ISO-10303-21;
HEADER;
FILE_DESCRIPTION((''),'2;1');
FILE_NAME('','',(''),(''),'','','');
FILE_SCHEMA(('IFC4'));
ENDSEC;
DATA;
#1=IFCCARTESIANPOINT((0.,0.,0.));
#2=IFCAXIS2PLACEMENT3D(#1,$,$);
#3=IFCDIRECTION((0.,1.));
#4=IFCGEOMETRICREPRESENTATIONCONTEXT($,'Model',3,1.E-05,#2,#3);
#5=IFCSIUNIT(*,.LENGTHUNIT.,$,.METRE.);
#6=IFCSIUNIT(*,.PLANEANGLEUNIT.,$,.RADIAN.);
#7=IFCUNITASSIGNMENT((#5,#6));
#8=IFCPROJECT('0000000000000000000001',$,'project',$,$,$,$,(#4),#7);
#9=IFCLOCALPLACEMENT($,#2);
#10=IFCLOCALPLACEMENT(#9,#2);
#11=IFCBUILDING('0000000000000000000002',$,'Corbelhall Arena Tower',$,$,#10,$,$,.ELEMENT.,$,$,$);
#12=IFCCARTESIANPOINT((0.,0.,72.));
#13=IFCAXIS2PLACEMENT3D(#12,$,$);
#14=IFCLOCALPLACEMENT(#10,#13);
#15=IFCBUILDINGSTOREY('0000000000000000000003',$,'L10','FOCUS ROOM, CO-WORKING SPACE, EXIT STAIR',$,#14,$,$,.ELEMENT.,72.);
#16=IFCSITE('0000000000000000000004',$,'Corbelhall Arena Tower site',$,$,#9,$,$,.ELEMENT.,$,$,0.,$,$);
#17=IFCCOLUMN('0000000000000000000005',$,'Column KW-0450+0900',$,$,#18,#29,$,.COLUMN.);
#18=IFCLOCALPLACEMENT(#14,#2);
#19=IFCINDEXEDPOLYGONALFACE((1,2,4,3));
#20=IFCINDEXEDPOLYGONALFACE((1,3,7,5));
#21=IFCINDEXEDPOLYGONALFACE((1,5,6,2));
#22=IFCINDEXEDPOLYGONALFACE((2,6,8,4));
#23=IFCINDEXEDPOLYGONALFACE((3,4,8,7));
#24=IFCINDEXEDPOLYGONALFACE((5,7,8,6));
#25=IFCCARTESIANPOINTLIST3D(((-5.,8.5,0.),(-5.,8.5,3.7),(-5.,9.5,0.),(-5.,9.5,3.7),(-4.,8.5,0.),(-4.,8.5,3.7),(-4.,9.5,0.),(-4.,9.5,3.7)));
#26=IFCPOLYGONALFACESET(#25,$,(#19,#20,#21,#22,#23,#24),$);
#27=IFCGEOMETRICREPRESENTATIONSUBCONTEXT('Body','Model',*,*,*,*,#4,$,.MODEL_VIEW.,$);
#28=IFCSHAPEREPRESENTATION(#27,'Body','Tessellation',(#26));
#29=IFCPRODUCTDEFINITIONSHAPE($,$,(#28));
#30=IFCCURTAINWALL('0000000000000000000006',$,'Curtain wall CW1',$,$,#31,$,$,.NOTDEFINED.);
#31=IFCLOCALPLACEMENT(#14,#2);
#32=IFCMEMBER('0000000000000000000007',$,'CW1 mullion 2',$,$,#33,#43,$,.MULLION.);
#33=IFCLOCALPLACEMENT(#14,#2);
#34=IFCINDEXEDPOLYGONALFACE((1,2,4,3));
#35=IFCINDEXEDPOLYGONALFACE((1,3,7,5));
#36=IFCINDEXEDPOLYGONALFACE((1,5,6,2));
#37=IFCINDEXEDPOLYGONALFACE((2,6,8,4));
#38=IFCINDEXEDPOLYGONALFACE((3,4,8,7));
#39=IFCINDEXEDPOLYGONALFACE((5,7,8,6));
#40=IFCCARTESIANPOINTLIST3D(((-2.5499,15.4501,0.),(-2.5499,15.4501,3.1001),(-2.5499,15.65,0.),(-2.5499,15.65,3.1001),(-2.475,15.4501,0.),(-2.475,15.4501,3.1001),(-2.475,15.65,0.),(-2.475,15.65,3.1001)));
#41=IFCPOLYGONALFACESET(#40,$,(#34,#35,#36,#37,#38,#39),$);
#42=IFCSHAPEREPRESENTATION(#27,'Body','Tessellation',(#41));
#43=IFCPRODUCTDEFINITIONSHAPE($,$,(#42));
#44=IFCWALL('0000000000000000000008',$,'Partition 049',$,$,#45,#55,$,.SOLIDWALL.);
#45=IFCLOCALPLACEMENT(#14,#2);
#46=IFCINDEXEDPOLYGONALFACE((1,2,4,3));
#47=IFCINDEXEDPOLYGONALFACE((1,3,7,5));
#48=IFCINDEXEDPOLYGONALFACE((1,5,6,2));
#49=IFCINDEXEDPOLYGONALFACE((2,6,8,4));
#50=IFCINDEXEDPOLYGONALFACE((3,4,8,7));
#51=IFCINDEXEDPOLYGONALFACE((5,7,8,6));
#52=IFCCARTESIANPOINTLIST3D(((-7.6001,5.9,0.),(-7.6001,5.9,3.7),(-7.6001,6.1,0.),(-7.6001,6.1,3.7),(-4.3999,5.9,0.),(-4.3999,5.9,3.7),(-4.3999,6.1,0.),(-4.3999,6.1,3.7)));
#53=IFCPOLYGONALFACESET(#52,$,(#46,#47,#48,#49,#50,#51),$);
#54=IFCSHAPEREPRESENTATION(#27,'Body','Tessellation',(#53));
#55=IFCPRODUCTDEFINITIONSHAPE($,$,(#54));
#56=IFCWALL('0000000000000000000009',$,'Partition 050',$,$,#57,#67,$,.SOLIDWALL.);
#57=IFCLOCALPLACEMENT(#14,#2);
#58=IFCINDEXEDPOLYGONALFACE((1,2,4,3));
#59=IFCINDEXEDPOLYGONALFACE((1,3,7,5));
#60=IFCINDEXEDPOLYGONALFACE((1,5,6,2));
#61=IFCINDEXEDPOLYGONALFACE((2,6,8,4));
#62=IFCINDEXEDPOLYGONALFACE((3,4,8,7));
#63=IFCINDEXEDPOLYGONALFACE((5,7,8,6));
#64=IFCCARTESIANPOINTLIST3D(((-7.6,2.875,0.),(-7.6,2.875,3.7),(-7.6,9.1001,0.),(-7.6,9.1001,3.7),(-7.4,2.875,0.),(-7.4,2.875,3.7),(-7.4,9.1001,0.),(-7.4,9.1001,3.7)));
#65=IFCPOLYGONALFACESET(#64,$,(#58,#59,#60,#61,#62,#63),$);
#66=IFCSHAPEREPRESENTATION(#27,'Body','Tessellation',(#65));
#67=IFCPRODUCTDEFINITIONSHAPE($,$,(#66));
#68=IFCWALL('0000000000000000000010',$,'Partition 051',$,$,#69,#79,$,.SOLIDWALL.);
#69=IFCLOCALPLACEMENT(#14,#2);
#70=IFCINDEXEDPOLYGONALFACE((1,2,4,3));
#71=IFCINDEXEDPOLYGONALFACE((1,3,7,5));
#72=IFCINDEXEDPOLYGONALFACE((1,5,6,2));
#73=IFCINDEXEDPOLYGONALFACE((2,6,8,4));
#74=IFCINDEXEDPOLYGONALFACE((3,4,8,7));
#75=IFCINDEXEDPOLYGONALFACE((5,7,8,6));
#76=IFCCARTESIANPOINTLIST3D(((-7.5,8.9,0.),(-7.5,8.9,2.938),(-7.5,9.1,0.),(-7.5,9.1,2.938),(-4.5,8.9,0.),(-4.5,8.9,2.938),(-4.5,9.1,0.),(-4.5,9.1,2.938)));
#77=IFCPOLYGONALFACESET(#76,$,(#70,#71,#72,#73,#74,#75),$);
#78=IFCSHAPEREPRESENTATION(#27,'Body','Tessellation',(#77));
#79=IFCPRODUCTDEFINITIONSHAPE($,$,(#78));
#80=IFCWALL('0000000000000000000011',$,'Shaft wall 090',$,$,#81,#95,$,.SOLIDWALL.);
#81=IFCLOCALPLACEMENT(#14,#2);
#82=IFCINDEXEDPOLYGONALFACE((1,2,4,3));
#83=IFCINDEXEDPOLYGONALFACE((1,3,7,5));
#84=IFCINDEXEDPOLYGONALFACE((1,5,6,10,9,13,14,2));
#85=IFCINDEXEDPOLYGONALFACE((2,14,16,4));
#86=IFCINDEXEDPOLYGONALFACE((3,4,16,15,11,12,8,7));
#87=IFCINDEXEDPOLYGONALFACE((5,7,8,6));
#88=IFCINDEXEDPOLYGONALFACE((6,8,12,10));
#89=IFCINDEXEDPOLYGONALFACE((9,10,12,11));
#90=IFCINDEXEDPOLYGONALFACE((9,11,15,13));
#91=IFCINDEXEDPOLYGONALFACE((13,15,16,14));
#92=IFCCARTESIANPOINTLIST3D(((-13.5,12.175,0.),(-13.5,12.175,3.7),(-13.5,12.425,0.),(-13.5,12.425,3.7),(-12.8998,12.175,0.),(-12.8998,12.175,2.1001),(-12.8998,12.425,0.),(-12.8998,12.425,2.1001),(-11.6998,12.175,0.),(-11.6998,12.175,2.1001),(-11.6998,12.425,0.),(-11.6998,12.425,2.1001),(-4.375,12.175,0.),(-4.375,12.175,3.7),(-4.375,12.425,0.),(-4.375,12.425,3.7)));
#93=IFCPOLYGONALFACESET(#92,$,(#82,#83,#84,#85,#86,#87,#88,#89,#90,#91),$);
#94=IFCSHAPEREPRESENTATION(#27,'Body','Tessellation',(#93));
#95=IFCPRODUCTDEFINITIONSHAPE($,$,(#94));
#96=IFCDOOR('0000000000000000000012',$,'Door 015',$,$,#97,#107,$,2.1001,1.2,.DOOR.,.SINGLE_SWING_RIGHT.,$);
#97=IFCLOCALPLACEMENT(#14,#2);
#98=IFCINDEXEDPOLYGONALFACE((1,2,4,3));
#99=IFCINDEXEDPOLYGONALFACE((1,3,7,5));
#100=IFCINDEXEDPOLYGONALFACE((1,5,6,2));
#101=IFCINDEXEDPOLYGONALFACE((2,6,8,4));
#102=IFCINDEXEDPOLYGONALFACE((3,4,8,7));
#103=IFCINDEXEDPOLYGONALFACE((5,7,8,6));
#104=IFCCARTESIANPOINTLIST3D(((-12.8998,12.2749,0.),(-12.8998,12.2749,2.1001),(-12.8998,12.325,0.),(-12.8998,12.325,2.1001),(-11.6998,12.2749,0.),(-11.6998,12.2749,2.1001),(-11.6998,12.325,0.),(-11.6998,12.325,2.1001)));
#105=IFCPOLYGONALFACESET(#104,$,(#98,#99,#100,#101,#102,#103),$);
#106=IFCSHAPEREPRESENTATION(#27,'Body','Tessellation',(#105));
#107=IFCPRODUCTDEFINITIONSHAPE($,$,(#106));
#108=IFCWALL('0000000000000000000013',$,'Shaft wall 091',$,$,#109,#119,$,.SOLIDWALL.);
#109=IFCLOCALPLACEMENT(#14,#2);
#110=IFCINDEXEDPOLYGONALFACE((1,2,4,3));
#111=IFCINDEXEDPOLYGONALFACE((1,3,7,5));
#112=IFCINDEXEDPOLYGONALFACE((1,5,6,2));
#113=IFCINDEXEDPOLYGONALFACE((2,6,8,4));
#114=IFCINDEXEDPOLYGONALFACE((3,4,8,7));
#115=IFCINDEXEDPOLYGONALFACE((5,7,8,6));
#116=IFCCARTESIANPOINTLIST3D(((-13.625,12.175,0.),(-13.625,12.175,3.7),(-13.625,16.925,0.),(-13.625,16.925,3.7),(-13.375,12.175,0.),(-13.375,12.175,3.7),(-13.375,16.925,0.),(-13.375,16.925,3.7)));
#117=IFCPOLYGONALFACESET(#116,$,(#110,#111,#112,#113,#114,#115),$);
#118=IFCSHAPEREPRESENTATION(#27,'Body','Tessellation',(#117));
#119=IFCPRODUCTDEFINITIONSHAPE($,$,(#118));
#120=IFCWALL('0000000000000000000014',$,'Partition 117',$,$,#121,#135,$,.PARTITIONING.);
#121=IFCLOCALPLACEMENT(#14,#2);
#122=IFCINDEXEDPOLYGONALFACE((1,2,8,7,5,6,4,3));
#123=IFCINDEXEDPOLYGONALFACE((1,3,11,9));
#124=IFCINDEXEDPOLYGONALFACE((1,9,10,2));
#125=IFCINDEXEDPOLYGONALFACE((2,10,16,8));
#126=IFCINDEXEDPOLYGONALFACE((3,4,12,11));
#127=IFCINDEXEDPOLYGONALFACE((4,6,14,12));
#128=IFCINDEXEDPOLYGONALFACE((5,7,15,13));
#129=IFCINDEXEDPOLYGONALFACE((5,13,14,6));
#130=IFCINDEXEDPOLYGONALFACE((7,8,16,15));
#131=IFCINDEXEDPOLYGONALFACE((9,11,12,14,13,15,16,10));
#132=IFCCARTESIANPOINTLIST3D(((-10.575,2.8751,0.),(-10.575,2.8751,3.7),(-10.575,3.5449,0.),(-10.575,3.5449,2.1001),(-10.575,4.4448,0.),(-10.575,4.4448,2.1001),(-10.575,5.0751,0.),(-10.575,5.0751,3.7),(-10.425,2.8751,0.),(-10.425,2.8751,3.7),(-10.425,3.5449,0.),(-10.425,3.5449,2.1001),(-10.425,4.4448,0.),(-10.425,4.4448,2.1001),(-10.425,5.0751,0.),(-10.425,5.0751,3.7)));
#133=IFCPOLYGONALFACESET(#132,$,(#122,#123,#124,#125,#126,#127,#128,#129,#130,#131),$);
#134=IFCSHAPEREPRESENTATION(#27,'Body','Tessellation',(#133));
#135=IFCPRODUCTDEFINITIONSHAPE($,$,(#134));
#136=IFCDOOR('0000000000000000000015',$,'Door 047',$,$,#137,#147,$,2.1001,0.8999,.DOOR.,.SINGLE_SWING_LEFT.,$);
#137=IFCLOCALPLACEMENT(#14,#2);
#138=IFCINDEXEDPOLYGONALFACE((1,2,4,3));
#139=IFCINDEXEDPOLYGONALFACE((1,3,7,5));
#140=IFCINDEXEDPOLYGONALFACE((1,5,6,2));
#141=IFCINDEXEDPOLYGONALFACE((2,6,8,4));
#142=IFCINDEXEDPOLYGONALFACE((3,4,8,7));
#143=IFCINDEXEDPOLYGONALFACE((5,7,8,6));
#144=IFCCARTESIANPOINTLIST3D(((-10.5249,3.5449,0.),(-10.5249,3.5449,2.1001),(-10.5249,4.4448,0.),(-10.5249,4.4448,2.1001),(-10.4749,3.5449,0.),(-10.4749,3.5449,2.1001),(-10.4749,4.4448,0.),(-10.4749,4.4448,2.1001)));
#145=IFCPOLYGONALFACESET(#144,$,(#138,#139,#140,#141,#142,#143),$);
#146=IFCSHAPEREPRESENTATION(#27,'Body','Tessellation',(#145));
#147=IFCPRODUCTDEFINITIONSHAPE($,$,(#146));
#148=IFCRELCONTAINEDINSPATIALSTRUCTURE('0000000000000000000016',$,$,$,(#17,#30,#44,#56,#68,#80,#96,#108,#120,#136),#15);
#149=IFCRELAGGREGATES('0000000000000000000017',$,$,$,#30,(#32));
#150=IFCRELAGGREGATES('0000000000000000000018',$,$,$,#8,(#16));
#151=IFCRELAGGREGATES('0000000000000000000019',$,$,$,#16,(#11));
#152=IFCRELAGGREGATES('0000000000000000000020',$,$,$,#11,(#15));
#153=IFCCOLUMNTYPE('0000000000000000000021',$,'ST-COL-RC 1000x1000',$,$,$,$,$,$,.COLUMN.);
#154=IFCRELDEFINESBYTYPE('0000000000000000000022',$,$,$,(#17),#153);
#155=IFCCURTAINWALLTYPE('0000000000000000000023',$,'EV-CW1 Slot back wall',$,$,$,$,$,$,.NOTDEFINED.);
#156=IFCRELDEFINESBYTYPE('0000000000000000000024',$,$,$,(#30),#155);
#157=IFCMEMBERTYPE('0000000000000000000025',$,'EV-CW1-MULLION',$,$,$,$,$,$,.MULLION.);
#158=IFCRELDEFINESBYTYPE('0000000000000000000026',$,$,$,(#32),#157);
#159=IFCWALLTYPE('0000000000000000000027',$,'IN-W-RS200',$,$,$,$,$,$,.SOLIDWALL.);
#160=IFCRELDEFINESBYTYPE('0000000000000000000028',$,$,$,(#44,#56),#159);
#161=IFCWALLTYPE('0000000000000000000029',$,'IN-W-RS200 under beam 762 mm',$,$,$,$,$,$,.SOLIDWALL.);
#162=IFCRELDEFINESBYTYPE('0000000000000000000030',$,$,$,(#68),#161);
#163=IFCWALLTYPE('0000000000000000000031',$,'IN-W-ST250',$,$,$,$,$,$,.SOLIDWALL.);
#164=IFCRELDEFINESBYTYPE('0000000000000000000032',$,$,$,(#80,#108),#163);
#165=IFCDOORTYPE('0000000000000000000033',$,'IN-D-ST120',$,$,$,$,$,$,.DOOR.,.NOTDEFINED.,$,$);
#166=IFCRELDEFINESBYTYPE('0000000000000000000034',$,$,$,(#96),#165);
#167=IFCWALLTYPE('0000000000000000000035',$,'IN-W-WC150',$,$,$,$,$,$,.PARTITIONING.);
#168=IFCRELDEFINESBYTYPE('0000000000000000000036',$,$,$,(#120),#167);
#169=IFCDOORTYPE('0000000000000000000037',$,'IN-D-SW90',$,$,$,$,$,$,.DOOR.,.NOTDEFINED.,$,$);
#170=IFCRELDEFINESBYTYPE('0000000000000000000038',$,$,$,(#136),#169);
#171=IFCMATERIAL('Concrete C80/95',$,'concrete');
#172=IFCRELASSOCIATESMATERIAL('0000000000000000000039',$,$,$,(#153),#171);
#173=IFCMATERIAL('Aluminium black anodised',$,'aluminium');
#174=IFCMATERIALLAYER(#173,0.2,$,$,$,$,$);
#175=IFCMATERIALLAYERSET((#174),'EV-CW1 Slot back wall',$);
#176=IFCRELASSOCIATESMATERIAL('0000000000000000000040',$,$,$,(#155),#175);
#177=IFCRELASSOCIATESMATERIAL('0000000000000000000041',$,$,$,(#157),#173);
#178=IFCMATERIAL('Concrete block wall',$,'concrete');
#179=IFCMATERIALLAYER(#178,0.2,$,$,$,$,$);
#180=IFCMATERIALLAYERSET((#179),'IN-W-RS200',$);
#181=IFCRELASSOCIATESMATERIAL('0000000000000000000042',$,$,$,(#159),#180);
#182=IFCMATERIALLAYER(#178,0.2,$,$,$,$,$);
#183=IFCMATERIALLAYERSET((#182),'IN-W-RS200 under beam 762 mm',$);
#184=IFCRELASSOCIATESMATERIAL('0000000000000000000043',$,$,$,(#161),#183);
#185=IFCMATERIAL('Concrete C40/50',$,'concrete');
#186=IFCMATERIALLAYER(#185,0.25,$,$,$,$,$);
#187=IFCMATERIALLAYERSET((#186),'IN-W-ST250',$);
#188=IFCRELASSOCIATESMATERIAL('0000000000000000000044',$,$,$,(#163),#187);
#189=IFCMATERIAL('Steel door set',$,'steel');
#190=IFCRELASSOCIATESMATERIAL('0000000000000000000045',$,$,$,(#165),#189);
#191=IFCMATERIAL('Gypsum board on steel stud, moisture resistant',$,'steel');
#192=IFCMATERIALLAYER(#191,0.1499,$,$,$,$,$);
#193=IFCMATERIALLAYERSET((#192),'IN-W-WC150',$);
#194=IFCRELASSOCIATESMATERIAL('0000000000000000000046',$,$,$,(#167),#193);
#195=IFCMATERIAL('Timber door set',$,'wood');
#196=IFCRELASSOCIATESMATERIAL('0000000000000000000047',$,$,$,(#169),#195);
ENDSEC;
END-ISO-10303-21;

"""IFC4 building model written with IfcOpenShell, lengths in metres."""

from ifc_helpers import new_model, si_unit, direction, frame, frame_2d, origin, origin_2d, place, context, subcontext, project, spatial, rectangle, extrude, material, layer, layer_set, material_profile, profile_set, type_object, element, fill, aggregate, save


model = new_model("IFC4")

# Units and contexts
model_context = context("Model", 3, precision=1e-05, world=origin(), true_north=direction((0.0, 1.0)))
body_context = subcontext(model_context, "Body", "Model", "MODEL_VIEW")
ifc_project = project(units=[si_unit("LENGTHUNIT", "METRE"), si_unit("PLANEANGLEUNIT", "RADIAN")], contexts=[model_context])

# Site, building, storey
site_placement = place(None, origin())
site = spatial("IfcSite", under=ifc_project, at=site_placement, Name="Corbelhall Arena Tower site", CompositionType="ELEMENT", RefElevation=0.0)
building_placement = place(site_placement, origin())
building = spatial("IfcBuilding", under=site, at=building_placement, Name="Corbelhall Arena Tower", CompositionType="ELEMENT")
storey_placement = place(building_placement, frame((0.0, 0.0, 72.0)))
storey = spatial("IfcBuildingStorey", under=building, at=storey_placement, Name="L10", Description="FOCUS ROOM, CO-WORKING SPACE, EXIT STAIR", CompositionType="ELEMENT", Elevation=72.0)

# Column
ifc_material_1 = material(Name="Concrete C80/95", Category="concrete")
ifc_material_profile_1 = material_profile(ifc_material_1, rectangle(XDim=1.0, YDim=1.0, at=origin_2d()))
ifc_profile_set_1 = profile_set([ifc_material_profile_1], Name="Concrete C80/95")
column_type = type_object("IfcColumnType", Name="ST-COL-RC 1000x1000", PredefinedType="COLUMN", material=ifc_profile_set_1)
column_placement = place(storey_placement, frame((-4.5, 9.0, 0.0), z_axis=(0.0, 0.0, 1.0), x_axis=(1.0, 0.0, 0.0)))
element("IfcColumn", 1, at=column_placement, inside=storey, type_object=column_type, Name="Column KW-0450+0900", PredefinedType="COLUMN", context=body_context, shape_type="SweptSolid", body=[
    extrude(rectangle(XDim=1.0, YDim=1.0, at=origin_2d()), origin(), (0.0, 0.0, 1.0), 3.7),
])

# Curtain wall, member
ifc_material_2 = material(Name="Aluminium black anodised", Category="aluminium")
ifc_layer_1 = layer(ifc_material_2, 0.2)
ifc_layer_set_1 = layer_set([ifc_layer_1], Name="EV-CW1 Slot back wall")
curtain_wall_type = type_object("IfcCurtainWallType", Name="EV-CW1 Slot back wall", PredefinedType="NOTDEFINED", material=ifc_layer_set_1)
curtain_wall_placement = place(storey_placement, origin())
curtain_wall = element("IfcCurtainWall", 2, at=curtain_wall_placement, inside=storey, type_object=curtain_wall_type, Name="Curtain wall CW1", PredefinedType="NOTDEFINED")
ifc_material_profile_2 = material_profile(ifc_material_2, rectangle(XDim=0.2, YDim=0.075, at=origin_2d()))
ifc_profile_set_2 = profile_set([ifc_material_profile_2], Name="Aluminium black anodised")
member_type = type_object("IfcMemberType", Name="EV-CW1-MULLION", PredefinedType="MULLION", material=ifc_profile_set_2)
member_placement = place(storey_placement, frame((-2.5125, 15.55, 0.0), z_axis=(0.0, 0.0, 1.0), x_axis=(0.0, -1.0, 0.0)))
member = element("IfcMember", 3, at=member_placement, type_object=member_type, Name="CW1 mullion 2", PredefinedType="MULLION", context=body_context, shape_type="SweptSolid", body=[
    extrude(rectangle(XDim=0.2, YDim=0.075, at=origin_2d()), origin(), (0.0, 0.0, 1.0), 3.1001),
])
aggregate(curtain_wall, [member])

# Shared definitions
ifc_material_3 = material(Name="Concrete block wall", Category="concrete")
ifc_layer_2 = layer(ifc_material_3, 0.2)
ifc_layer_set_2 = layer_set([ifc_layer_2], Name="IN-W-RS200")
wall_type_1 = type_object("IfcWallType", Name="IN-W-RS200", PredefinedType="SOLIDWALL", material=ifc_layer_set_2)
ifc_material_4 = material(Name="Steel door set", Category="steel")

# Walls
wall_1_placement = place(storey_placement, frame((-7.6001, 6.0, 0.0), z_axis=(0.0, 0.0, 1.0), x_axis=(1.0, 0.0, 0.0)))
element("IfcWall", 4, at=wall_1_placement, inside=storey, type_object=wall_type_1, Name="Partition 049", PredefinedType="SOLIDWALL", context=body_context, shape_type="SweptSolid", body=[
    extrude(rectangle(XDim=3.2002, YDim=0.2, at=frame_2d((1.6001, 0.0))), origin(), (0.0, 0.0, 1.0), 3.7),
])
wall_2_placement = place(storey_placement, frame((-7.5, 2.875, 0.0), z_axis=(0.0, 0.0, 1.0), x_axis=(0.0, 1.0, 0.0)))
element("IfcWall", 5, at=wall_2_placement, inside=storey, type_object=wall_type_1, Name="Partition 050", PredefinedType="SOLIDWALL", context=body_context, shape_type="SweptSolid", body=[
    extrude(rectangle(XDim=6.2251, YDim=0.2, at=frame_2d((3.1125, 0.0))), origin(), (0.0, 0.0, 1.0), 3.7),
])
ifc_layer_3 = layer(ifc_material_3, 0.2)
ifc_layer_set_3 = layer_set([ifc_layer_3], Name="IN-W-RS200 under beam 762 mm")
wall_type_2 = type_object("IfcWallType", Name="IN-W-RS200 under beam 762 mm", PredefinedType="SOLIDWALL", material=ifc_layer_set_3)
wall_3_placement = place(storey_placement, frame((-7.5, 9.0, 0.0), z_axis=(0.0, 0.0, 1.0), x_axis=(1.0, 0.0, 0.0)))
element("IfcWall", 6, at=wall_3_placement, inside=storey, type_object=wall_type_2, Name="Partition 051", PredefinedType="SOLIDWALL", context=body_context, shape_type="SweptSolid", body=[
    extrude(rectangle(XDim=3.0, YDim=0.2, at=frame_2d((1.5, 0.0))), origin(), (0.0, 0.0, 1.0), 2.938),
])

# Wall, opening, door
ifc_material_5 = material(Name="Concrete C40/50", Category="concrete")
ifc_layer_4 = layer(ifc_material_5, 0.25)
ifc_layer_set_4 = layer_set([ifc_layer_4], Name="IN-W-ST250")
wall_type_3 = type_object("IfcWallType", Name="IN-W-ST250", PredefinedType="SOLIDWALL", material=ifc_layer_set_4)
wall_4_placement = place(storey_placement, frame((-13.5, 12.3, 0.0), z_axis=(0.0, 0.0, 1.0), x_axis=(1.0, 0.0, 0.0)))
wall_4 = element("IfcWall", 7, at=wall_4_placement, inside=storey, type_object=wall_type_3, Name="Shaft wall 090", PredefinedType="SOLIDWALL", context=body_context, shape_type="SweptSolid", body=[
    extrude(rectangle(XDim=9.125, YDim=0.25, at=frame_2d((4.5625, 0.0))), origin(), (0.0, 0.0, 1.0), 3.7),
])
opening_1_placement = place(wall_4_placement, frame((0.6001, 0.0, 0.0)))
opening_1 = element("IfcOpeningElement", 8, at=opening_1_placement, cuts=wall_4, PredefinedType="OPENING", context=body_context, shape_type="SweptSolid", body=[
    extrude(rectangle(XDim=1.2, YDim=2.1001, at=frame_2d((0.6001, 1.05))), frame((0.0, 0.125, 0.0), z_axis=(0.0, -1.0, 0.0), x_axis=(1.0, 0.0, 0.0)), (0.0, 0.0, 1.0), 0.25),
])
door_type_1 = type_object("IfcDoorType", Name="IN-D-ST120", OperationType="NOTDEFINED", PredefinedType="DOOR", material=ifc_material_4)
door_1_placement = place(opening_1_placement, origin())
door_1 = element("IfcDoor", 9, at=door_1_placement, inside=storey, type_object=door_type_1, Name="Door 015", OperationType="SINGLE_SWING_RIGHT", OverallHeight=2.1001, OverallWidth=1.2, PredefinedType="DOOR", context=body_context, shape_type="SweptSolid", body=[
    extrude(rectangle(XDim=1.2, YDim=2.1001, at=frame_2d((0.6001, 1.05))), frame((0.0, 0.0249, 0.0), z_axis=(0.0, -1.0, 0.0), x_axis=(1.0, 0.0, 0.0)), (0.0, 0.0, 1.0), 0.05),
])
fill(opening_1, door_1)

# Wall
wall_5_placement = place(storey_placement, frame((-13.5, 12.175, 0.0), z_axis=(0.0, 0.0, 1.0), x_axis=(0.0, 1.0, 0.0)))
element("IfcWall", 10, at=wall_5_placement, inside=storey, type_object=wall_type_3, Name="Shaft wall 091", PredefinedType="SOLIDWALL", context=body_context, shape_type="SweptSolid", body=[
    extrude(rectangle(XDim=4.75, YDim=0.25, at=frame_2d((2.375, 0.0))), origin(), (0.0, 0.0, 1.0), 3.7),
])

# Wall, opening, door
ifc_material_6 = material(Name="Gypsum board on steel stud, moisture resistant", Category="steel")
ifc_layer_5 = layer(ifc_material_6, 0.1499)
ifc_layer_set_5 = layer_set([ifc_layer_5], Name="IN-W-WC150")
wall_type_4 = type_object("IfcWallType", Name="IN-W-WC150", PredefinedType="PARTITIONING", material=ifc_layer_set_5)
wall_6_placement = place(storey_placement, frame((-10.5, 2.875, 0.0), z_axis=(0.0, 0.0, 1.0), x_axis=(0.0, 1.0, 0.0)))
wall_6 = element("IfcWall", 11, at=wall_6_placement, inside=storey, type_object=wall_type_4, Name="Partition 117", PredefinedType="PARTITIONING", context=body_context, shape_type="SweptSolid", body=[
    extrude(rectangle(XDim=2.2, YDim=0.1499, at=frame_2d((1.1001, 0.0))), origin(), (0.0, 0.0, 1.0), 3.7),
])
opening_2_placement = place(wall_6_placement, frame((0.6699, 0.0, 0.0)))
opening_2 = element("IfcOpeningElement", 12, at=opening_2_placement, cuts=wall_6, PredefinedType="OPENING", context=body_context, shape_type="SweptSolid", body=[
    extrude(rectangle(XDim=0.8999, YDim=2.1001, at=frame_2d((0.45, 1.05))), frame((0.0, 0.075, 0.0), z_axis=(0.0, -1.0, 0.0), x_axis=(1.0, 0.0, 0.0)), (0.0, 0.0, 1.0), 0.1499),
])
ifc_material_7 = material(Name="Timber door set", Category="wood")
door_type_2 = type_object("IfcDoorType", Name="IN-D-SW90", OperationType="NOTDEFINED", PredefinedType="DOOR", material=ifc_material_7)
door_2_placement = place(opening_2_placement, origin())
door_2 = element("IfcDoor", 13, at=door_2_placement, inside=storey, type_object=door_type_2, Name="Door 047", OperationType="SINGLE_SWING_LEFT", OverallHeight=2.1001, OverallWidth=0.8999, PredefinedType="DOOR", context=body_context, shape_type="SweptSolid", body=[
    extrude(rectangle(XDim=0.8999, YDim=2.1001, at=frame_2d((0.45, 1.05))), frame((0.0, 0.0249, 0.0), z_axis=(0.0, -1.0, 0.0), x_axis=(1.0, 0.0, 0.0)), (0.0, 0.0, 1.0), 0.05),
])
fill(opening_2, door_2)

save(model, "model.ifc")
